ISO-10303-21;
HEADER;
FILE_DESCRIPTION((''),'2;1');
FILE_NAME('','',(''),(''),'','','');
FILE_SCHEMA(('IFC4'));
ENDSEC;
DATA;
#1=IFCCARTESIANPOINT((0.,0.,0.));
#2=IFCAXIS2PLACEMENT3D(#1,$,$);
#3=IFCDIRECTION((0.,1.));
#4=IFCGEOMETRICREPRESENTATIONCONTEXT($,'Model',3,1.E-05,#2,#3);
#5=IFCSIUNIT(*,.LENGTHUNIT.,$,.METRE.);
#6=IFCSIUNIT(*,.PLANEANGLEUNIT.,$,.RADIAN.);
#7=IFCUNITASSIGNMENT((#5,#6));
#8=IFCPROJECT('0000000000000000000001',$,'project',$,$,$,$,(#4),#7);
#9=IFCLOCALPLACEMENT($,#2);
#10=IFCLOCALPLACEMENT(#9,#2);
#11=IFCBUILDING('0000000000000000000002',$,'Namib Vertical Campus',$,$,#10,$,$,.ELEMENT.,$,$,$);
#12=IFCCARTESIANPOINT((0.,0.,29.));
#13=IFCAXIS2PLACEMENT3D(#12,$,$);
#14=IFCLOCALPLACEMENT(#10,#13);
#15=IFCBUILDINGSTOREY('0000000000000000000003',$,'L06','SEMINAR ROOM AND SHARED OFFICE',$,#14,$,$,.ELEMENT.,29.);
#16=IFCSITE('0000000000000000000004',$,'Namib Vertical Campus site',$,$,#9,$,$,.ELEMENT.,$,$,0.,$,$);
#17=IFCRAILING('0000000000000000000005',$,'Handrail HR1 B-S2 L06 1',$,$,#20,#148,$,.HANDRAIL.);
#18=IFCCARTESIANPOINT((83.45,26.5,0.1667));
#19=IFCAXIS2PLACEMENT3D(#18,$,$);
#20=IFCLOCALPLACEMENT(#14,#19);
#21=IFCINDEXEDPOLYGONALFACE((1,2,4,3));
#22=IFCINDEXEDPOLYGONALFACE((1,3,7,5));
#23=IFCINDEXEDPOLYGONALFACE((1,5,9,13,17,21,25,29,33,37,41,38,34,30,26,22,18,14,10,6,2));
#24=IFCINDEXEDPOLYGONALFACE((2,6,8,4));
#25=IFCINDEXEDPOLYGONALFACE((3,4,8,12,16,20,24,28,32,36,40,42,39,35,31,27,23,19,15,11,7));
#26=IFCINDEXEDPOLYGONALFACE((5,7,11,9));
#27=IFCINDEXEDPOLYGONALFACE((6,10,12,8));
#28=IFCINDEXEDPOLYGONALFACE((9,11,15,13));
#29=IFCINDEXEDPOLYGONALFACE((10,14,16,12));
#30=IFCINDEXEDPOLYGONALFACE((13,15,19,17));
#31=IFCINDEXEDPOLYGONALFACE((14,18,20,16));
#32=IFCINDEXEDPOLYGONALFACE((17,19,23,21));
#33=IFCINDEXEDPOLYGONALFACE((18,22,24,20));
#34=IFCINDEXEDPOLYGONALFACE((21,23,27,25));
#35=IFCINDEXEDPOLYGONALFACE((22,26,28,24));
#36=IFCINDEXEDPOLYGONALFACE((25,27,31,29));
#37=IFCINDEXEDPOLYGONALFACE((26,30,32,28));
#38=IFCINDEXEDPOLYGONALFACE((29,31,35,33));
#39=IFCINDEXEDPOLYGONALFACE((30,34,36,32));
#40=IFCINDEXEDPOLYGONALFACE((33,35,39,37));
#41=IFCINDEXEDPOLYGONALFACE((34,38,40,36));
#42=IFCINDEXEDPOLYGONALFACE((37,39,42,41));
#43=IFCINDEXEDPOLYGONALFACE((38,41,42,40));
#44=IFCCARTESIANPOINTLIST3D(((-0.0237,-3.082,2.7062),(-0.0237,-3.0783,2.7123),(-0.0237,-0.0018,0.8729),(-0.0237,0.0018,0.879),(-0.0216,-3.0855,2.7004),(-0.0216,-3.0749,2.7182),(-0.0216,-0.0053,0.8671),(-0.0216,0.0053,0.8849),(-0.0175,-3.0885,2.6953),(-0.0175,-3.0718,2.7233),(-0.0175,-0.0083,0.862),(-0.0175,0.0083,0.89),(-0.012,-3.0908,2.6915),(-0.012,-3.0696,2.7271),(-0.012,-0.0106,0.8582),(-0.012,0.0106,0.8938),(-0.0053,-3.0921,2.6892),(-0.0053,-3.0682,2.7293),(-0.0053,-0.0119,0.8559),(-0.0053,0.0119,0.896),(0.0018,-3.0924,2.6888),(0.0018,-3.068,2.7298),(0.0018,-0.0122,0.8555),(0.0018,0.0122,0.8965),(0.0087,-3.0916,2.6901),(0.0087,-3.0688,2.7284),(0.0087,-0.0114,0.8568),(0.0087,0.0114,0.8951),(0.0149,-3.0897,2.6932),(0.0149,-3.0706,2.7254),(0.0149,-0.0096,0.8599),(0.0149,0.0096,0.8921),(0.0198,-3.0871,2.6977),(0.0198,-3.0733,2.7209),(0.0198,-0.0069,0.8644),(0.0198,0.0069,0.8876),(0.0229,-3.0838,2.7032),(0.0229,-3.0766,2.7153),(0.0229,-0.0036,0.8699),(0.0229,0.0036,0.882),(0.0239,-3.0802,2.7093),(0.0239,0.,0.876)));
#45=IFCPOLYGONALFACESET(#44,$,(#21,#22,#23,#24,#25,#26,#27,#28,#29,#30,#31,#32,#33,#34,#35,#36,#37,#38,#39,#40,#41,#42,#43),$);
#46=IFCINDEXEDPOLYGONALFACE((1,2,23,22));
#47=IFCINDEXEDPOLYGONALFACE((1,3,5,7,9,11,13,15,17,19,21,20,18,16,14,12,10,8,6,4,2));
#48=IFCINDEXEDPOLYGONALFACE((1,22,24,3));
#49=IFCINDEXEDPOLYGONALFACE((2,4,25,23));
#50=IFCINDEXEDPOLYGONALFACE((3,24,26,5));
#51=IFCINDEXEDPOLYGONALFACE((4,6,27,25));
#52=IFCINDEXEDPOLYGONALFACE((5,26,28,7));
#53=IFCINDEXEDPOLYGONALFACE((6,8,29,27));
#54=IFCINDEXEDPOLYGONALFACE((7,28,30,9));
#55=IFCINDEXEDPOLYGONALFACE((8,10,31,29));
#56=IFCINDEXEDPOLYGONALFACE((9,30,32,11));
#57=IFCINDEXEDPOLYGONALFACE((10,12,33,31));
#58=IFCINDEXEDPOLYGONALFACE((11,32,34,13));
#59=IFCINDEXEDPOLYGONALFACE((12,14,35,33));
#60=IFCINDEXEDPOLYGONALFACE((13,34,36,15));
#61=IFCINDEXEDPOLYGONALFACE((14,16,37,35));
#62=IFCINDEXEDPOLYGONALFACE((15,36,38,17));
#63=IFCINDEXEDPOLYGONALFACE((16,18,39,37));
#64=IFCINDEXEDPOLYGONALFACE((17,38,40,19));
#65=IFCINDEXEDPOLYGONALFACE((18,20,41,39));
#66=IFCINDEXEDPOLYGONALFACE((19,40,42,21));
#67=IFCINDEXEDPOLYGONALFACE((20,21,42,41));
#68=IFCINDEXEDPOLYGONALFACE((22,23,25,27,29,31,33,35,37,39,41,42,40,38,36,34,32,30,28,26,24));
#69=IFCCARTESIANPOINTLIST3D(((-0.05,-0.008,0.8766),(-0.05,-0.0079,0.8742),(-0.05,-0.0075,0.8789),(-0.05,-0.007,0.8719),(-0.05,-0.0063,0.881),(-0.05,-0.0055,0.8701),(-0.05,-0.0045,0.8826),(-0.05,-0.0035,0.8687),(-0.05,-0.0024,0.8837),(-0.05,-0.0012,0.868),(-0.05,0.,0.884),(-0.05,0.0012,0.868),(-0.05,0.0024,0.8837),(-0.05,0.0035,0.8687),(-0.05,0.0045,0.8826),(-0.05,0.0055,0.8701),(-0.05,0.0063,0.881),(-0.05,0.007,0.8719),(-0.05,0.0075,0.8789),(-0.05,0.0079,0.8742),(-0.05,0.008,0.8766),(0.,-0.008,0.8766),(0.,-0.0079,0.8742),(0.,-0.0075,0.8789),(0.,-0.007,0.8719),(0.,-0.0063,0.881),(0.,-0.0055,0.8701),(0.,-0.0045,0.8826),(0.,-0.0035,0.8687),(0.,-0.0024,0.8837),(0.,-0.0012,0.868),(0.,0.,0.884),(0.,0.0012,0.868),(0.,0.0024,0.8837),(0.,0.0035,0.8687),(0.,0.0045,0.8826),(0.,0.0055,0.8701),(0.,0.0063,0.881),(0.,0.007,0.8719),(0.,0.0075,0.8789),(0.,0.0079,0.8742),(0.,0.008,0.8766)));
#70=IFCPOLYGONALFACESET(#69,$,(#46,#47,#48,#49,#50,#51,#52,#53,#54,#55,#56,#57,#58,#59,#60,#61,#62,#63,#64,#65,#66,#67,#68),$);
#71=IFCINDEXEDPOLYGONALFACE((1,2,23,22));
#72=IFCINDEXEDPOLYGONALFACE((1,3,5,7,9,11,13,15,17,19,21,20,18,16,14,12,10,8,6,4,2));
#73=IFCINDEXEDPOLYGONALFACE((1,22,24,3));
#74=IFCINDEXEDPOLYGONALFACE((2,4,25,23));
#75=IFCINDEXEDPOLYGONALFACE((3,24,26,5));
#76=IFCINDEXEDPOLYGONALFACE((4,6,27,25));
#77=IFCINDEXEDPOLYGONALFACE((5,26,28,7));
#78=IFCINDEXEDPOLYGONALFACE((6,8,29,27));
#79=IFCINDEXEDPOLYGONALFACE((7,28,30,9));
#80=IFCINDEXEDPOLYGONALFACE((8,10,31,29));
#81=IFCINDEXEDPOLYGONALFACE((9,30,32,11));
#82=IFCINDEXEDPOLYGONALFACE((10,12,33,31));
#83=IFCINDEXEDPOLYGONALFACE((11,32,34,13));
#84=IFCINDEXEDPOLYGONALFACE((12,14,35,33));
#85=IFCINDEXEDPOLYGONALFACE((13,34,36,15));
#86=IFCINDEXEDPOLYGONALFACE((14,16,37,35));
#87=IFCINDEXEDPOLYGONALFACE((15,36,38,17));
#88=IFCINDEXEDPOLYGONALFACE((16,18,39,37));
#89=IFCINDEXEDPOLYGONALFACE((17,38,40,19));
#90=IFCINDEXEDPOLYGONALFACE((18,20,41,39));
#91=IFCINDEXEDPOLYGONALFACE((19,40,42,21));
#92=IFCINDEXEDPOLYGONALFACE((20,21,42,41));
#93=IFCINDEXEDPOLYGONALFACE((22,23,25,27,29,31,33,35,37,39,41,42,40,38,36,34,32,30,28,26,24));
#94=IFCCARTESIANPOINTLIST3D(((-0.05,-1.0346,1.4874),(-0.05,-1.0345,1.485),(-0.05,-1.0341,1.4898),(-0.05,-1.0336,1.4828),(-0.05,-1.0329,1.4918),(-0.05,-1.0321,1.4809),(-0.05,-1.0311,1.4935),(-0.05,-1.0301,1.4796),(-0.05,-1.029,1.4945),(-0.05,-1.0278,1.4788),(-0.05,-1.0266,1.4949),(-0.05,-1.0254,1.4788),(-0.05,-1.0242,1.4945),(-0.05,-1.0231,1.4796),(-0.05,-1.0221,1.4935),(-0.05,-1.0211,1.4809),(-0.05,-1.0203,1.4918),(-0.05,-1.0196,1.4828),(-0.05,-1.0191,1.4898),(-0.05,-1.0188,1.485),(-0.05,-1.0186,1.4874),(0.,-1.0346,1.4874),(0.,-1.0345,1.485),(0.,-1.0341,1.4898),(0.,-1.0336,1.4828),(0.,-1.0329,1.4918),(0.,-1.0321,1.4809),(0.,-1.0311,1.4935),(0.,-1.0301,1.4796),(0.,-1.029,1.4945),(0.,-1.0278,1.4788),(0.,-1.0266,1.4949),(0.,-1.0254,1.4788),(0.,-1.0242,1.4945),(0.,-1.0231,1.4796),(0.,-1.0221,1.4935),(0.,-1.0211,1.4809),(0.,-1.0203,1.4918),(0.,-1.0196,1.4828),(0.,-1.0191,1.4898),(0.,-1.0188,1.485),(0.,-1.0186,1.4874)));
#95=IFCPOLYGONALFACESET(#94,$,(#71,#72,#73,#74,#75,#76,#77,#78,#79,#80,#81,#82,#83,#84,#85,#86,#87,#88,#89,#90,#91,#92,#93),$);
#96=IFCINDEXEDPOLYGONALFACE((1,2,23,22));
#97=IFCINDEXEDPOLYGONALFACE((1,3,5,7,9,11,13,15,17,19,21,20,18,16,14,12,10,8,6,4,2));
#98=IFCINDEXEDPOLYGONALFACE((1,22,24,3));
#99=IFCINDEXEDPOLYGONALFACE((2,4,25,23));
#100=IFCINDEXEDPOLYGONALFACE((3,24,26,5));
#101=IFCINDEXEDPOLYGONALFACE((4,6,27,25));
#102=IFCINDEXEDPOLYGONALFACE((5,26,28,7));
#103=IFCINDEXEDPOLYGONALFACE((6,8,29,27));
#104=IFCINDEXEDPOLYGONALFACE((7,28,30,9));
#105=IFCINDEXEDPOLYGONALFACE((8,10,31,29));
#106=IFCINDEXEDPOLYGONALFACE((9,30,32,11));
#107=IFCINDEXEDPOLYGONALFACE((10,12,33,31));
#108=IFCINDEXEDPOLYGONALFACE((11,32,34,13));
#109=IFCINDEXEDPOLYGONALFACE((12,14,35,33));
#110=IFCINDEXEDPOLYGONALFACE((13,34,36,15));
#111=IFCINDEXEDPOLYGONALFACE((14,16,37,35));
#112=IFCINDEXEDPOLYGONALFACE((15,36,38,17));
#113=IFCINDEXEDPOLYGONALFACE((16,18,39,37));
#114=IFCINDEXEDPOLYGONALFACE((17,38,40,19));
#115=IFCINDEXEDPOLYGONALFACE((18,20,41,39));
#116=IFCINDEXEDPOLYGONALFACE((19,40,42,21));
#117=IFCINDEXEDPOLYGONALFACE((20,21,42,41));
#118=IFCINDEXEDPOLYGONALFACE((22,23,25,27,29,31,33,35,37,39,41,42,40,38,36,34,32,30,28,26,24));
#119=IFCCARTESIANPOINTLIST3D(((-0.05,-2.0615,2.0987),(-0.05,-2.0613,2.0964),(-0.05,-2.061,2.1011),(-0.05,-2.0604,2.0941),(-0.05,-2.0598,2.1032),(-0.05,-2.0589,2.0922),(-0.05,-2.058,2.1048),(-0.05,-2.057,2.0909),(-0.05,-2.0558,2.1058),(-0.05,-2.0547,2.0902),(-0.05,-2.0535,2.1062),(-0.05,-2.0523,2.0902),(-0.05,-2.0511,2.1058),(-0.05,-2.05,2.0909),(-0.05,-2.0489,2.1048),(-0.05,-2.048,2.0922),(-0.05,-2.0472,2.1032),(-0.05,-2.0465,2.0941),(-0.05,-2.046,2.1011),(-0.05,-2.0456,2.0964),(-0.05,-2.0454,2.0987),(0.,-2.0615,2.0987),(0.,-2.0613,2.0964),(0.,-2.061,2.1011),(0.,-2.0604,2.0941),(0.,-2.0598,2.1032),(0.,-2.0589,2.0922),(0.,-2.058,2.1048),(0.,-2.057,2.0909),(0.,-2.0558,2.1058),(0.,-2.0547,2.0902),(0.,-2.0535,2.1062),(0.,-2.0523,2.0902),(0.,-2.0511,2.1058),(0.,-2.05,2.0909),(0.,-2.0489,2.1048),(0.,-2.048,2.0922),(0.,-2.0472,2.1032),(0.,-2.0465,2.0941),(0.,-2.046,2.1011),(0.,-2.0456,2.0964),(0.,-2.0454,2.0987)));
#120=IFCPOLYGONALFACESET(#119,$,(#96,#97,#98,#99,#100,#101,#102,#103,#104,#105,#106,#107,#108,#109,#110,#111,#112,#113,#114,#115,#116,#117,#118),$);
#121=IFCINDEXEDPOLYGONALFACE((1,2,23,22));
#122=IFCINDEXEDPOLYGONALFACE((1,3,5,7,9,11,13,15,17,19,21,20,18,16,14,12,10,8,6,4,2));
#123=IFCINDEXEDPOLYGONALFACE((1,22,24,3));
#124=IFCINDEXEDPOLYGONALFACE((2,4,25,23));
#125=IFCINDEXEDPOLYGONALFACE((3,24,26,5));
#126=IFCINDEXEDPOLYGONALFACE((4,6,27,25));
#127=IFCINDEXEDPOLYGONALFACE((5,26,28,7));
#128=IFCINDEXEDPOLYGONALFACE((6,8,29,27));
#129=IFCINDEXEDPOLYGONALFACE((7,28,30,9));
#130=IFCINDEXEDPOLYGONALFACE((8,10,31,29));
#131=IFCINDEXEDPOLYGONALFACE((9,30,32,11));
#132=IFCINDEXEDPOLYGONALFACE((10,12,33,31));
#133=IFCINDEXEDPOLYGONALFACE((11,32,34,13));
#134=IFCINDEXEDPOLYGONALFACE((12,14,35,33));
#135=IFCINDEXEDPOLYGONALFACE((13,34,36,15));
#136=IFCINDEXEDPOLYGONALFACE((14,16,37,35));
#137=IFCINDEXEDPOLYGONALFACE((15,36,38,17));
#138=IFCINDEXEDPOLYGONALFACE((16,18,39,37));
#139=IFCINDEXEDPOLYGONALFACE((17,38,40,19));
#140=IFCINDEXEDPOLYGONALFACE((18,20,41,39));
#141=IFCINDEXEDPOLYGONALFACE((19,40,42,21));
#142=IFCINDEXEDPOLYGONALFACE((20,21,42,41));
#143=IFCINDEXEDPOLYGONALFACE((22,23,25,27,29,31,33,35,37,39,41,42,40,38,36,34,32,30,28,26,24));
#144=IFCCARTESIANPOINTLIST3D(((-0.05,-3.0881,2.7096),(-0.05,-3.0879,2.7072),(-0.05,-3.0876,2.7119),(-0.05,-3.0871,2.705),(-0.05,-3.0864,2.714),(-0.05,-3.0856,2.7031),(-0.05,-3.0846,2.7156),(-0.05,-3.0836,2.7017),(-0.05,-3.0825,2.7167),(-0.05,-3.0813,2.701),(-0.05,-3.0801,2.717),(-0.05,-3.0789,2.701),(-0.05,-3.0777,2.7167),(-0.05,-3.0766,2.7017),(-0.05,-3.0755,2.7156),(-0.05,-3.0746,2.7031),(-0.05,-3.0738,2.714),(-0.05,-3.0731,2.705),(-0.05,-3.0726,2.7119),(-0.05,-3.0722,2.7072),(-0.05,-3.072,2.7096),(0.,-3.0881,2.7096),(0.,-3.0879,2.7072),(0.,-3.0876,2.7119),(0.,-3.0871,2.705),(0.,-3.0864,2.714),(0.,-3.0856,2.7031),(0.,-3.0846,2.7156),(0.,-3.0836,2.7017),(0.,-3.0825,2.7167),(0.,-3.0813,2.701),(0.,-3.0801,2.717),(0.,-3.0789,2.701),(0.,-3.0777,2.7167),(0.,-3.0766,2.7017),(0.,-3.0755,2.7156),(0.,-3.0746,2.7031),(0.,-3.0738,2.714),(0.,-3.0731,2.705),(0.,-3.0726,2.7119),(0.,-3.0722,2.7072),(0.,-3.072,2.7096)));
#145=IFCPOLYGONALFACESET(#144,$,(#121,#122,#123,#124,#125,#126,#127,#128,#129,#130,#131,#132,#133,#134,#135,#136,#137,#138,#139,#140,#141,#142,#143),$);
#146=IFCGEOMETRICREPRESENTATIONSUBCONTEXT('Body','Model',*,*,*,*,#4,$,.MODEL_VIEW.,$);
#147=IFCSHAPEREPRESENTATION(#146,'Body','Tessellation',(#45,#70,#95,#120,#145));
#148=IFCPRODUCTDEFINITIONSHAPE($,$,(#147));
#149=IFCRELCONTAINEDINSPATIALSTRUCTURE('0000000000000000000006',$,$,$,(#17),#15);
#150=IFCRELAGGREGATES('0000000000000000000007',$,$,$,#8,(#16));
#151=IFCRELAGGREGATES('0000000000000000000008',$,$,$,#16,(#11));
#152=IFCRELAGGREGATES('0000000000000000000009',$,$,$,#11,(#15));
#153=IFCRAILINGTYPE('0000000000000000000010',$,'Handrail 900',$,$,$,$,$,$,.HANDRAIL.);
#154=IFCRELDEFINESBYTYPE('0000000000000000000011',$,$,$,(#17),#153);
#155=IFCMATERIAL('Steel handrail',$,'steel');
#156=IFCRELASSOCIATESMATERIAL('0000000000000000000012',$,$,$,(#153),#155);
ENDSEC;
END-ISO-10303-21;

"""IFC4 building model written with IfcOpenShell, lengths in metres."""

from ifc_helpers import new_model, si_unit, direction, frame, origin, origin_2d, place, context, subcontext, project, spatial, circle, extrude, material, type_object, element, save


model = new_model("IFC4")

# Units and contexts
model_context = context("Model", 3, precision=1e-05, world=origin(), true_north=direction((0.0, 1.0)))
body_context = subcontext(model_context, "Body", "Model", "MODEL_VIEW")
ifc_project = project(units=[si_unit("LENGTHUNIT", "METRE"), si_unit("PLANEANGLEUNIT", "RADIAN")], contexts=[model_context])

# Site, building, storey
site_placement = place(None, origin())
site = spatial("IfcSite", under=ifc_project, at=site_placement, Name="Namib Vertical Campus site", CompositionType="ELEMENT", RefElevation=0.0)
building_placement = place(site_placement, origin())
building = spatial("IfcBuilding", under=site, at=building_placement, Name="Namib Vertical Campus", CompositionType="ELEMENT")
storey_placement = place(building_placement, frame((0.0, 0.0, 29.0)))
storey = spatial("IfcBuildingStorey", under=building, at=storey_placement, Name="L06", Description="SEMINAR ROOM AND SHARED OFFICE", CompositionType="ELEMENT", Elevation=29.0)

# Railing
ifc_material_1 = material(Name="Steel handrail", Category="steel")
railing_type_1 = type_object("IfcRailingType", Name="Handrail 900", PredefinedType="HANDRAIL", material=ifc_material_1)
railing_1_placement = place(storey_placement, frame((83.45, 26.5, 0.1667)))
element("IfcRailing", 1, at=railing_1_placement, inside=storey, type_object=railing_type_1, Name="Handrail HR1 B-S2 L06 1", PredefinedType="HANDRAIL", context=body_context, shape_type="SweptSolid", body=[
    extrude(circle(Radius=0.0239, at=origin_2d()), frame((0.0, 0.0, 0.876), z_axis=(0.0, -0.859309, 0.511458), x_axis=(1.0, 0.0, 0.0)), (0.0, 0.0, 1.0), 3.5845),
    extrude(circle(Radius=0.0081, at=origin_2d()), frame((0.0, 0.0, 0.876), z_axis=(-1.0, 0.0, 0.0), x_axis=(0.0, 0.0, 1.0)), (0.0, 0.0, 1.0), 0.05),
    extrude(circle(Radius=0.0081, at=origin_2d()), frame((0.0, -1.0266, 1.4868), z_axis=(-1.0, 0.0, 0.0), x_axis=(0.0, 0.0, 1.0)), (0.0, 0.0, 1.0), 0.05),
    extrude(circle(Radius=0.0081, at=origin_2d()), frame((0.0, -2.0535, 2.0981), z_axis=(-1.0, 0.0, 0.0), x_axis=(0.0, 0.0, 1.0)), (0.0, 0.0, 1.0), 0.05),
    extrude(circle(Radius=0.0081, at=origin_2d()), frame((0.0, -3.0801, 2.709), z_axis=(-1.0, 0.0, 0.0), x_axis=(0.0, 0.0, 1.0)), (0.0, 0.0, 1.0), 0.05),
])

save(model, "model.ifc")
